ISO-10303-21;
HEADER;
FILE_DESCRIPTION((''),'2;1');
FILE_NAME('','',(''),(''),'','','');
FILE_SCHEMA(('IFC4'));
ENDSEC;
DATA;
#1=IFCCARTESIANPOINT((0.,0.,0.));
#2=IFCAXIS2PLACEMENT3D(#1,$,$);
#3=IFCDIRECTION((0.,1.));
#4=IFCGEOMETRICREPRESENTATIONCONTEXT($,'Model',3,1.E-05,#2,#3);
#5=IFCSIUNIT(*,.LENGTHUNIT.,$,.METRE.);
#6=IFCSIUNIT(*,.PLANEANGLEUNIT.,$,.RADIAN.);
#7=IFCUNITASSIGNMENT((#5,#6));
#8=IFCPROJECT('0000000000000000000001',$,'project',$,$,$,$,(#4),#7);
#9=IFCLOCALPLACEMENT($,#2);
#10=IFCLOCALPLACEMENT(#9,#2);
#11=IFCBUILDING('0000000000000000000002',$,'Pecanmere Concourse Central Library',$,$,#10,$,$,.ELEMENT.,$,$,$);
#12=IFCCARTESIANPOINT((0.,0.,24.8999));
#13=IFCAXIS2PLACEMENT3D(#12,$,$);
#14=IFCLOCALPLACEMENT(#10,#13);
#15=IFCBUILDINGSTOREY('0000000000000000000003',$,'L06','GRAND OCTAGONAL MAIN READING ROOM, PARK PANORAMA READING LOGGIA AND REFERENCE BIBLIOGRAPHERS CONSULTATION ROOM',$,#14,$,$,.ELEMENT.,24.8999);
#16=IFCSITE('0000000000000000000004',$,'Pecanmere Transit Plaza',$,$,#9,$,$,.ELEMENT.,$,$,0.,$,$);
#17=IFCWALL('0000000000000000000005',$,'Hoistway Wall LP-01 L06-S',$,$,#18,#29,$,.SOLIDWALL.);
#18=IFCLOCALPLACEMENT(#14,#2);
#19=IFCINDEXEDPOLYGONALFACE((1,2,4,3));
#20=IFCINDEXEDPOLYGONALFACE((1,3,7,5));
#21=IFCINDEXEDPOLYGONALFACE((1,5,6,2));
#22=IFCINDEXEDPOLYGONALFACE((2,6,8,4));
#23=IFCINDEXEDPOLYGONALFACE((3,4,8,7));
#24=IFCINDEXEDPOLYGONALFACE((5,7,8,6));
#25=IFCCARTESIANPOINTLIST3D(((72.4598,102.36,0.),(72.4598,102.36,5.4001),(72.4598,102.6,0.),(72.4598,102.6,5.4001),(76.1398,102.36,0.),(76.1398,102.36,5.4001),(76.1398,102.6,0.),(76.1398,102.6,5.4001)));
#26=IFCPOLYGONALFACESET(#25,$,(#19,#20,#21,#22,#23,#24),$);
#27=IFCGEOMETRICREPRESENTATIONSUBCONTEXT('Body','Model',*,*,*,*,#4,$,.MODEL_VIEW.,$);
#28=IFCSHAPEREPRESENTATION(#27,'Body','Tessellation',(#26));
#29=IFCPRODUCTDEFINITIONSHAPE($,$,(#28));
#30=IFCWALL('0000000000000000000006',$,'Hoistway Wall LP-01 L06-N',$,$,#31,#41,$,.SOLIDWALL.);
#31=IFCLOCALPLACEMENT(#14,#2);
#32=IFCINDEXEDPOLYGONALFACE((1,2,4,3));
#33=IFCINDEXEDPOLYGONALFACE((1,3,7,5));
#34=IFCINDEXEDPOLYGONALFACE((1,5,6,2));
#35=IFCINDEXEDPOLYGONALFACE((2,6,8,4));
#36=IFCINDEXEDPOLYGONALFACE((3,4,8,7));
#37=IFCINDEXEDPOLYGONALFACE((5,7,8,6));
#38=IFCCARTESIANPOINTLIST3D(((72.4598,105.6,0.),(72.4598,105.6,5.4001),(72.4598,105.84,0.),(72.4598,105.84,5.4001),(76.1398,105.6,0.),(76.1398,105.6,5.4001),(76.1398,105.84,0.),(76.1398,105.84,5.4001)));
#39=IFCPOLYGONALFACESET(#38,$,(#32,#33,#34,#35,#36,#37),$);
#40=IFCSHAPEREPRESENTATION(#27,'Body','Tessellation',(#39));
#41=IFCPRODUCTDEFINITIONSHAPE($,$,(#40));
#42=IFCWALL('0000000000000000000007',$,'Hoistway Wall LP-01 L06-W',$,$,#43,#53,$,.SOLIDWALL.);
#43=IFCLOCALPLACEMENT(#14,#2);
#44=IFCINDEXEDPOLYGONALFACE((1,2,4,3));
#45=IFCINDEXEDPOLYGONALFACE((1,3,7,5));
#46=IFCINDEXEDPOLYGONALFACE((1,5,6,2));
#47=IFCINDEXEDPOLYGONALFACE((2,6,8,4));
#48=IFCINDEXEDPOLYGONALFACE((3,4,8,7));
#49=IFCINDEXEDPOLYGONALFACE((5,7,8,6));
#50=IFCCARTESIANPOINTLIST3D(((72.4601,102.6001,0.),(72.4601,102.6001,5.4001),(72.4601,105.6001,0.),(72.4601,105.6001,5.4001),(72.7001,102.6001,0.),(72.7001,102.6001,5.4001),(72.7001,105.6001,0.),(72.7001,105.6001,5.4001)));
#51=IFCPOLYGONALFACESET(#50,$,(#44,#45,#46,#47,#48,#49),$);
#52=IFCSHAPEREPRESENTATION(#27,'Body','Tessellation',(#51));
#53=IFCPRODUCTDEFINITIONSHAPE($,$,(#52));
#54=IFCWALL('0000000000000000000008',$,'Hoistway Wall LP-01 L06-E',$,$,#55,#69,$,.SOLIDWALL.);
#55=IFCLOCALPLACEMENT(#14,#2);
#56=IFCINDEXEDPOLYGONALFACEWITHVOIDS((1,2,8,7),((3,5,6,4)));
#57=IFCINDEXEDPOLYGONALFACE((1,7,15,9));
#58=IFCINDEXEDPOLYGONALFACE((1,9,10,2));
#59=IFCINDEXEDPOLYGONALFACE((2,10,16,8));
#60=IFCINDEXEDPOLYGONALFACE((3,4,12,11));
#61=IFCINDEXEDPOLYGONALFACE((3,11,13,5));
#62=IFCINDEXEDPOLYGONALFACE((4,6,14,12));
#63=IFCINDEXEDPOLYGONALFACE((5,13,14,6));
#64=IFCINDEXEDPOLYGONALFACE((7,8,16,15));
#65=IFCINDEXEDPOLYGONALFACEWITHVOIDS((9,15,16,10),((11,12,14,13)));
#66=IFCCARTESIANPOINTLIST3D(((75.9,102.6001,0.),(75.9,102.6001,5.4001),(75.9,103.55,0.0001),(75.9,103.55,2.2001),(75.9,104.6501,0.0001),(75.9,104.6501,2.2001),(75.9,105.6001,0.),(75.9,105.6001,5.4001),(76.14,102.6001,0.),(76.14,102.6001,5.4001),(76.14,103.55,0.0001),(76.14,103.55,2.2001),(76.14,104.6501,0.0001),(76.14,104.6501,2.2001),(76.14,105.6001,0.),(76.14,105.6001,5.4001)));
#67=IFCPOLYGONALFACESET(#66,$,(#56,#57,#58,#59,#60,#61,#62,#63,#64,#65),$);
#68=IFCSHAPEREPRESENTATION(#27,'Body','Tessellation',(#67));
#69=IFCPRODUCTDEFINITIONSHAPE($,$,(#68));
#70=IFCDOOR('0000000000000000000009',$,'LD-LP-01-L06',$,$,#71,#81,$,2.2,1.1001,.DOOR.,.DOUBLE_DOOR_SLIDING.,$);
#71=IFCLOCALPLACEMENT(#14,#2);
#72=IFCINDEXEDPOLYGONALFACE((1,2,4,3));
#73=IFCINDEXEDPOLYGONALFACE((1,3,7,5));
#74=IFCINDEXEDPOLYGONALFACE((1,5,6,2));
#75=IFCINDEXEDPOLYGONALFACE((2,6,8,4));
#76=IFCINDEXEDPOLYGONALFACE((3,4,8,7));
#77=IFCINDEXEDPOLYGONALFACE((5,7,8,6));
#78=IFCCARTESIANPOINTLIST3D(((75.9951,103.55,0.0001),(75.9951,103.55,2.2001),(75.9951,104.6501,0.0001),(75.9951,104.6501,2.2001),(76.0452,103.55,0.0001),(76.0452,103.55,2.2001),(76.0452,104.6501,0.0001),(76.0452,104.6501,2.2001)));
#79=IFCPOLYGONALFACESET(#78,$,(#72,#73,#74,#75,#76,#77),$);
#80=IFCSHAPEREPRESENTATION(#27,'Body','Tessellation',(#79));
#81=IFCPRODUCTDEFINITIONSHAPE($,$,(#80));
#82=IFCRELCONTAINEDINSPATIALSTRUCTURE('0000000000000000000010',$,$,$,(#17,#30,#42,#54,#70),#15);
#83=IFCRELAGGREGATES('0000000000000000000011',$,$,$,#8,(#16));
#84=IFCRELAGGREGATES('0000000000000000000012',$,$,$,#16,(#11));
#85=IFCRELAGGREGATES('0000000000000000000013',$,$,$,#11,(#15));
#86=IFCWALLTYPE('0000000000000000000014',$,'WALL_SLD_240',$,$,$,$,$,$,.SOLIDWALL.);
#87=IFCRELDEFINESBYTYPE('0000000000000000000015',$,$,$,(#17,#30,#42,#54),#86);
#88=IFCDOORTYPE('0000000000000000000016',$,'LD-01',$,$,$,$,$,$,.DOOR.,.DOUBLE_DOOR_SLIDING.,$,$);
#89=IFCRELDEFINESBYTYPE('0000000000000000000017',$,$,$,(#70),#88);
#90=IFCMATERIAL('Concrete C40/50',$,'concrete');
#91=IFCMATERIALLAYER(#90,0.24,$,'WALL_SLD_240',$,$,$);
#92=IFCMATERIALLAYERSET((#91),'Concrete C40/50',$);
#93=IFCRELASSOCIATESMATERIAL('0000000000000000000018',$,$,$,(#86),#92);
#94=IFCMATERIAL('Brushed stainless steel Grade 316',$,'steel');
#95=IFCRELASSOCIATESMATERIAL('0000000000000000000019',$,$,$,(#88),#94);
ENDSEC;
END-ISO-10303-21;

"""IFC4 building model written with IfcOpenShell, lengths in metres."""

from ifc_helpers import new_model, si_unit, direction, frame, frame_2d, origin, place, context, subcontext, project, spatial, rectangle, extrude, material, layer, layer_set, type_object, element, fill, save


model = new_model("IFC4")

# Units and contexts
model_context = context("Model", 3, precision=1e-05, world=origin(), true_north=direction((0.0, 1.0)))
body_context = subcontext(model_context, "Body", "Model", "MODEL_VIEW")
ifc_project = project(units=[si_unit("LENGTHUNIT", "METRE"), si_unit("PLANEANGLEUNIT", "RADIAN")], contexts=[model_context])

# Site, building, storey
site_placement = place(None, origin())
site = spatial("IfcSite", under=ifc_project, at=site_placement, Name="Pecanmere Transit Plaza", CompositionType="ELEMENT", RefElevation=0.0)
building_placement = place(site_placement, origin())
building = spatial("IfcBuilding", under=site, at=building_placement, Name="Pecanmere Concourse Central Library", CompositionType="ELEMENT")
storey_placement = place(building_placement, frame((0.0, 0.0, 24.8999)))
storey = spatial("IfcBuildingStorey", under=building, at=storey_placement, Name="L06", Description="GRAND OCTAGONAL MAIN READING ROOM, PARK PANORAMA READING LOGGIA AND REFERENCE BIBLIOGRAPHERS CONSULTATION ROOM", CompositionType="ELEMENT", Elevation=24.8999)

# Walls
ifc_material_1 = material(Name="Concrete C40/50", Category="concrete")
ifc_layer_1 = layer(ifc_material_1, 0.24, Name="WALL_SLD_240")
ifc_layer_set_1 = layer_set([ifc_layer_1], Name="Concrete C40/50")
wall_type_1 = type_object("IfcWallType", Name="WALL_SLD_240", PredefinedType="SOLIDWALL", material=ifc_layer_set_1)
for number, where, z_axis, x_axis, name in (
    (1, (72.46, 102.48, 0.0), (0.0, 0.0, 1.0), (1.0, 0.0, 0.0), "Hoistway Wall LP-01 L06-S"),
    (2, (72.46, 105.72, 0.0), (0.0, 0.0, 1.0), (1.0, 0.0, 0.0), "Hoistway Wall LP-01 L06-N"),
):
    element("IfcWall", number, at=place(storey_placement, frame(where, z_axis=z_axis, x_axis=x_axis)), inside=storey, type_object=wall_type_1, Name=name, PredefinedType="SOLIDWALL", context=body_context, shape_type="SweptSolid", body=[
        extrude(rectangle(XDim=3.6799, YDim=0.24, at=frame_2d((1.8398, 0.0))), origin(), (0.0, 0.0, 1.0), 5.4001),
    ])
wall_1_placement = place(storey_placement, frame((72.5801, 102.6001, 0.0), z_axis=(0.0, 0.0, 1.0), x_axis=(0.0, 1.0, 0.0)))
element("IfcWall", 3, at=wall_1_placement, inside=storey, type_object=wall_type_1, Name="Hoistway Wall LP-01 L06-W", PredefinedType="SOLIDWALL", context=body_context, shape_type="SweptSolid", body=[
    extrude(rectangle(XDim=3.0, YDim=0.24, at=frame_2d((1.5, 0.0))), origin(), (0.0, 0.0, 1.0), 5.4001),
])

# Wall, opening, door
wall_2_placement = place(storey_placement, frame((76.02, 102.6001, 0.0), z_axis=(0.0, 0.0, 1.0), x_axis=(0.0, 1.0, 0.0)))
wall_2 = element("IfcWall", 4, at=wall_2_placement, inside=storey, type_object=wall_type_1, Name="Hoistway Wall LP-01 L06-E", PredefinedType="SOLIDWALL", context=body_context, shape_type="SweptSolid", body=[
    extrude(rectangle(XDim=3.0, YDim=0.24, at=frame_2d((1.5, 0.0))), origin(), (0.0, 0.0, 1.0), 5.4001),
])
opening_placement = place(wall_2_placement, frame((0.95, 0.0, 0.0)))
opening = element("IfcOpeningElement", 5, at=opening_placement, cuts=wall_2, PredefinedType="OPENING", context=body_context, shape_type="SweptSolid", body=[
    extrude(rectangle(XDim=1.1001, YDim=2.2, at=frame_2d((0.55, 1.1001))), frame((0.0, 0.1318, 0.0), z_axis=(0.0, -1.0, 0.0), x_axis=(1.0, 0.0, 0.0)), (0.0, 0.0, 1.0), 0.2639),
])
ifc_material_2 = material(Name="Brushed stainless steel Grade 316", Category="steel")
door_type = type_object("IfcDoorType", Name="LD-01", OperationType="DOUBLE_DOOR_SLIDING", PredefinedType="DOOR", material=ifc_material_2)
door_placement = place(opening_placement, origin())
door = element("IfcDoor", 6, at=door_placement, inside=storey, type_object=door_type, Name="LD-LP-01-L06", OperationType="DOUBLE_DOOR_SLIDING", OverallHeight=2.2, OverallWidth=1.1001, PredefinedType="DOOR", context=body_context, shape_type="SweptSolid", body=[
    extrude(rectangle(XDim=1.1001, YDim=2.2, at=frame_2d((0.55, 1.1001))), frame((0.0, 0.0249, 0.0), z_axis=(0.0, -1.0, 0.0), x_axis=(1.0, 0.0, 0.0)), (0.0, 0.0, 1.0), 0.05),
])
fill(opening, door)

save(model, "model.ifc")
